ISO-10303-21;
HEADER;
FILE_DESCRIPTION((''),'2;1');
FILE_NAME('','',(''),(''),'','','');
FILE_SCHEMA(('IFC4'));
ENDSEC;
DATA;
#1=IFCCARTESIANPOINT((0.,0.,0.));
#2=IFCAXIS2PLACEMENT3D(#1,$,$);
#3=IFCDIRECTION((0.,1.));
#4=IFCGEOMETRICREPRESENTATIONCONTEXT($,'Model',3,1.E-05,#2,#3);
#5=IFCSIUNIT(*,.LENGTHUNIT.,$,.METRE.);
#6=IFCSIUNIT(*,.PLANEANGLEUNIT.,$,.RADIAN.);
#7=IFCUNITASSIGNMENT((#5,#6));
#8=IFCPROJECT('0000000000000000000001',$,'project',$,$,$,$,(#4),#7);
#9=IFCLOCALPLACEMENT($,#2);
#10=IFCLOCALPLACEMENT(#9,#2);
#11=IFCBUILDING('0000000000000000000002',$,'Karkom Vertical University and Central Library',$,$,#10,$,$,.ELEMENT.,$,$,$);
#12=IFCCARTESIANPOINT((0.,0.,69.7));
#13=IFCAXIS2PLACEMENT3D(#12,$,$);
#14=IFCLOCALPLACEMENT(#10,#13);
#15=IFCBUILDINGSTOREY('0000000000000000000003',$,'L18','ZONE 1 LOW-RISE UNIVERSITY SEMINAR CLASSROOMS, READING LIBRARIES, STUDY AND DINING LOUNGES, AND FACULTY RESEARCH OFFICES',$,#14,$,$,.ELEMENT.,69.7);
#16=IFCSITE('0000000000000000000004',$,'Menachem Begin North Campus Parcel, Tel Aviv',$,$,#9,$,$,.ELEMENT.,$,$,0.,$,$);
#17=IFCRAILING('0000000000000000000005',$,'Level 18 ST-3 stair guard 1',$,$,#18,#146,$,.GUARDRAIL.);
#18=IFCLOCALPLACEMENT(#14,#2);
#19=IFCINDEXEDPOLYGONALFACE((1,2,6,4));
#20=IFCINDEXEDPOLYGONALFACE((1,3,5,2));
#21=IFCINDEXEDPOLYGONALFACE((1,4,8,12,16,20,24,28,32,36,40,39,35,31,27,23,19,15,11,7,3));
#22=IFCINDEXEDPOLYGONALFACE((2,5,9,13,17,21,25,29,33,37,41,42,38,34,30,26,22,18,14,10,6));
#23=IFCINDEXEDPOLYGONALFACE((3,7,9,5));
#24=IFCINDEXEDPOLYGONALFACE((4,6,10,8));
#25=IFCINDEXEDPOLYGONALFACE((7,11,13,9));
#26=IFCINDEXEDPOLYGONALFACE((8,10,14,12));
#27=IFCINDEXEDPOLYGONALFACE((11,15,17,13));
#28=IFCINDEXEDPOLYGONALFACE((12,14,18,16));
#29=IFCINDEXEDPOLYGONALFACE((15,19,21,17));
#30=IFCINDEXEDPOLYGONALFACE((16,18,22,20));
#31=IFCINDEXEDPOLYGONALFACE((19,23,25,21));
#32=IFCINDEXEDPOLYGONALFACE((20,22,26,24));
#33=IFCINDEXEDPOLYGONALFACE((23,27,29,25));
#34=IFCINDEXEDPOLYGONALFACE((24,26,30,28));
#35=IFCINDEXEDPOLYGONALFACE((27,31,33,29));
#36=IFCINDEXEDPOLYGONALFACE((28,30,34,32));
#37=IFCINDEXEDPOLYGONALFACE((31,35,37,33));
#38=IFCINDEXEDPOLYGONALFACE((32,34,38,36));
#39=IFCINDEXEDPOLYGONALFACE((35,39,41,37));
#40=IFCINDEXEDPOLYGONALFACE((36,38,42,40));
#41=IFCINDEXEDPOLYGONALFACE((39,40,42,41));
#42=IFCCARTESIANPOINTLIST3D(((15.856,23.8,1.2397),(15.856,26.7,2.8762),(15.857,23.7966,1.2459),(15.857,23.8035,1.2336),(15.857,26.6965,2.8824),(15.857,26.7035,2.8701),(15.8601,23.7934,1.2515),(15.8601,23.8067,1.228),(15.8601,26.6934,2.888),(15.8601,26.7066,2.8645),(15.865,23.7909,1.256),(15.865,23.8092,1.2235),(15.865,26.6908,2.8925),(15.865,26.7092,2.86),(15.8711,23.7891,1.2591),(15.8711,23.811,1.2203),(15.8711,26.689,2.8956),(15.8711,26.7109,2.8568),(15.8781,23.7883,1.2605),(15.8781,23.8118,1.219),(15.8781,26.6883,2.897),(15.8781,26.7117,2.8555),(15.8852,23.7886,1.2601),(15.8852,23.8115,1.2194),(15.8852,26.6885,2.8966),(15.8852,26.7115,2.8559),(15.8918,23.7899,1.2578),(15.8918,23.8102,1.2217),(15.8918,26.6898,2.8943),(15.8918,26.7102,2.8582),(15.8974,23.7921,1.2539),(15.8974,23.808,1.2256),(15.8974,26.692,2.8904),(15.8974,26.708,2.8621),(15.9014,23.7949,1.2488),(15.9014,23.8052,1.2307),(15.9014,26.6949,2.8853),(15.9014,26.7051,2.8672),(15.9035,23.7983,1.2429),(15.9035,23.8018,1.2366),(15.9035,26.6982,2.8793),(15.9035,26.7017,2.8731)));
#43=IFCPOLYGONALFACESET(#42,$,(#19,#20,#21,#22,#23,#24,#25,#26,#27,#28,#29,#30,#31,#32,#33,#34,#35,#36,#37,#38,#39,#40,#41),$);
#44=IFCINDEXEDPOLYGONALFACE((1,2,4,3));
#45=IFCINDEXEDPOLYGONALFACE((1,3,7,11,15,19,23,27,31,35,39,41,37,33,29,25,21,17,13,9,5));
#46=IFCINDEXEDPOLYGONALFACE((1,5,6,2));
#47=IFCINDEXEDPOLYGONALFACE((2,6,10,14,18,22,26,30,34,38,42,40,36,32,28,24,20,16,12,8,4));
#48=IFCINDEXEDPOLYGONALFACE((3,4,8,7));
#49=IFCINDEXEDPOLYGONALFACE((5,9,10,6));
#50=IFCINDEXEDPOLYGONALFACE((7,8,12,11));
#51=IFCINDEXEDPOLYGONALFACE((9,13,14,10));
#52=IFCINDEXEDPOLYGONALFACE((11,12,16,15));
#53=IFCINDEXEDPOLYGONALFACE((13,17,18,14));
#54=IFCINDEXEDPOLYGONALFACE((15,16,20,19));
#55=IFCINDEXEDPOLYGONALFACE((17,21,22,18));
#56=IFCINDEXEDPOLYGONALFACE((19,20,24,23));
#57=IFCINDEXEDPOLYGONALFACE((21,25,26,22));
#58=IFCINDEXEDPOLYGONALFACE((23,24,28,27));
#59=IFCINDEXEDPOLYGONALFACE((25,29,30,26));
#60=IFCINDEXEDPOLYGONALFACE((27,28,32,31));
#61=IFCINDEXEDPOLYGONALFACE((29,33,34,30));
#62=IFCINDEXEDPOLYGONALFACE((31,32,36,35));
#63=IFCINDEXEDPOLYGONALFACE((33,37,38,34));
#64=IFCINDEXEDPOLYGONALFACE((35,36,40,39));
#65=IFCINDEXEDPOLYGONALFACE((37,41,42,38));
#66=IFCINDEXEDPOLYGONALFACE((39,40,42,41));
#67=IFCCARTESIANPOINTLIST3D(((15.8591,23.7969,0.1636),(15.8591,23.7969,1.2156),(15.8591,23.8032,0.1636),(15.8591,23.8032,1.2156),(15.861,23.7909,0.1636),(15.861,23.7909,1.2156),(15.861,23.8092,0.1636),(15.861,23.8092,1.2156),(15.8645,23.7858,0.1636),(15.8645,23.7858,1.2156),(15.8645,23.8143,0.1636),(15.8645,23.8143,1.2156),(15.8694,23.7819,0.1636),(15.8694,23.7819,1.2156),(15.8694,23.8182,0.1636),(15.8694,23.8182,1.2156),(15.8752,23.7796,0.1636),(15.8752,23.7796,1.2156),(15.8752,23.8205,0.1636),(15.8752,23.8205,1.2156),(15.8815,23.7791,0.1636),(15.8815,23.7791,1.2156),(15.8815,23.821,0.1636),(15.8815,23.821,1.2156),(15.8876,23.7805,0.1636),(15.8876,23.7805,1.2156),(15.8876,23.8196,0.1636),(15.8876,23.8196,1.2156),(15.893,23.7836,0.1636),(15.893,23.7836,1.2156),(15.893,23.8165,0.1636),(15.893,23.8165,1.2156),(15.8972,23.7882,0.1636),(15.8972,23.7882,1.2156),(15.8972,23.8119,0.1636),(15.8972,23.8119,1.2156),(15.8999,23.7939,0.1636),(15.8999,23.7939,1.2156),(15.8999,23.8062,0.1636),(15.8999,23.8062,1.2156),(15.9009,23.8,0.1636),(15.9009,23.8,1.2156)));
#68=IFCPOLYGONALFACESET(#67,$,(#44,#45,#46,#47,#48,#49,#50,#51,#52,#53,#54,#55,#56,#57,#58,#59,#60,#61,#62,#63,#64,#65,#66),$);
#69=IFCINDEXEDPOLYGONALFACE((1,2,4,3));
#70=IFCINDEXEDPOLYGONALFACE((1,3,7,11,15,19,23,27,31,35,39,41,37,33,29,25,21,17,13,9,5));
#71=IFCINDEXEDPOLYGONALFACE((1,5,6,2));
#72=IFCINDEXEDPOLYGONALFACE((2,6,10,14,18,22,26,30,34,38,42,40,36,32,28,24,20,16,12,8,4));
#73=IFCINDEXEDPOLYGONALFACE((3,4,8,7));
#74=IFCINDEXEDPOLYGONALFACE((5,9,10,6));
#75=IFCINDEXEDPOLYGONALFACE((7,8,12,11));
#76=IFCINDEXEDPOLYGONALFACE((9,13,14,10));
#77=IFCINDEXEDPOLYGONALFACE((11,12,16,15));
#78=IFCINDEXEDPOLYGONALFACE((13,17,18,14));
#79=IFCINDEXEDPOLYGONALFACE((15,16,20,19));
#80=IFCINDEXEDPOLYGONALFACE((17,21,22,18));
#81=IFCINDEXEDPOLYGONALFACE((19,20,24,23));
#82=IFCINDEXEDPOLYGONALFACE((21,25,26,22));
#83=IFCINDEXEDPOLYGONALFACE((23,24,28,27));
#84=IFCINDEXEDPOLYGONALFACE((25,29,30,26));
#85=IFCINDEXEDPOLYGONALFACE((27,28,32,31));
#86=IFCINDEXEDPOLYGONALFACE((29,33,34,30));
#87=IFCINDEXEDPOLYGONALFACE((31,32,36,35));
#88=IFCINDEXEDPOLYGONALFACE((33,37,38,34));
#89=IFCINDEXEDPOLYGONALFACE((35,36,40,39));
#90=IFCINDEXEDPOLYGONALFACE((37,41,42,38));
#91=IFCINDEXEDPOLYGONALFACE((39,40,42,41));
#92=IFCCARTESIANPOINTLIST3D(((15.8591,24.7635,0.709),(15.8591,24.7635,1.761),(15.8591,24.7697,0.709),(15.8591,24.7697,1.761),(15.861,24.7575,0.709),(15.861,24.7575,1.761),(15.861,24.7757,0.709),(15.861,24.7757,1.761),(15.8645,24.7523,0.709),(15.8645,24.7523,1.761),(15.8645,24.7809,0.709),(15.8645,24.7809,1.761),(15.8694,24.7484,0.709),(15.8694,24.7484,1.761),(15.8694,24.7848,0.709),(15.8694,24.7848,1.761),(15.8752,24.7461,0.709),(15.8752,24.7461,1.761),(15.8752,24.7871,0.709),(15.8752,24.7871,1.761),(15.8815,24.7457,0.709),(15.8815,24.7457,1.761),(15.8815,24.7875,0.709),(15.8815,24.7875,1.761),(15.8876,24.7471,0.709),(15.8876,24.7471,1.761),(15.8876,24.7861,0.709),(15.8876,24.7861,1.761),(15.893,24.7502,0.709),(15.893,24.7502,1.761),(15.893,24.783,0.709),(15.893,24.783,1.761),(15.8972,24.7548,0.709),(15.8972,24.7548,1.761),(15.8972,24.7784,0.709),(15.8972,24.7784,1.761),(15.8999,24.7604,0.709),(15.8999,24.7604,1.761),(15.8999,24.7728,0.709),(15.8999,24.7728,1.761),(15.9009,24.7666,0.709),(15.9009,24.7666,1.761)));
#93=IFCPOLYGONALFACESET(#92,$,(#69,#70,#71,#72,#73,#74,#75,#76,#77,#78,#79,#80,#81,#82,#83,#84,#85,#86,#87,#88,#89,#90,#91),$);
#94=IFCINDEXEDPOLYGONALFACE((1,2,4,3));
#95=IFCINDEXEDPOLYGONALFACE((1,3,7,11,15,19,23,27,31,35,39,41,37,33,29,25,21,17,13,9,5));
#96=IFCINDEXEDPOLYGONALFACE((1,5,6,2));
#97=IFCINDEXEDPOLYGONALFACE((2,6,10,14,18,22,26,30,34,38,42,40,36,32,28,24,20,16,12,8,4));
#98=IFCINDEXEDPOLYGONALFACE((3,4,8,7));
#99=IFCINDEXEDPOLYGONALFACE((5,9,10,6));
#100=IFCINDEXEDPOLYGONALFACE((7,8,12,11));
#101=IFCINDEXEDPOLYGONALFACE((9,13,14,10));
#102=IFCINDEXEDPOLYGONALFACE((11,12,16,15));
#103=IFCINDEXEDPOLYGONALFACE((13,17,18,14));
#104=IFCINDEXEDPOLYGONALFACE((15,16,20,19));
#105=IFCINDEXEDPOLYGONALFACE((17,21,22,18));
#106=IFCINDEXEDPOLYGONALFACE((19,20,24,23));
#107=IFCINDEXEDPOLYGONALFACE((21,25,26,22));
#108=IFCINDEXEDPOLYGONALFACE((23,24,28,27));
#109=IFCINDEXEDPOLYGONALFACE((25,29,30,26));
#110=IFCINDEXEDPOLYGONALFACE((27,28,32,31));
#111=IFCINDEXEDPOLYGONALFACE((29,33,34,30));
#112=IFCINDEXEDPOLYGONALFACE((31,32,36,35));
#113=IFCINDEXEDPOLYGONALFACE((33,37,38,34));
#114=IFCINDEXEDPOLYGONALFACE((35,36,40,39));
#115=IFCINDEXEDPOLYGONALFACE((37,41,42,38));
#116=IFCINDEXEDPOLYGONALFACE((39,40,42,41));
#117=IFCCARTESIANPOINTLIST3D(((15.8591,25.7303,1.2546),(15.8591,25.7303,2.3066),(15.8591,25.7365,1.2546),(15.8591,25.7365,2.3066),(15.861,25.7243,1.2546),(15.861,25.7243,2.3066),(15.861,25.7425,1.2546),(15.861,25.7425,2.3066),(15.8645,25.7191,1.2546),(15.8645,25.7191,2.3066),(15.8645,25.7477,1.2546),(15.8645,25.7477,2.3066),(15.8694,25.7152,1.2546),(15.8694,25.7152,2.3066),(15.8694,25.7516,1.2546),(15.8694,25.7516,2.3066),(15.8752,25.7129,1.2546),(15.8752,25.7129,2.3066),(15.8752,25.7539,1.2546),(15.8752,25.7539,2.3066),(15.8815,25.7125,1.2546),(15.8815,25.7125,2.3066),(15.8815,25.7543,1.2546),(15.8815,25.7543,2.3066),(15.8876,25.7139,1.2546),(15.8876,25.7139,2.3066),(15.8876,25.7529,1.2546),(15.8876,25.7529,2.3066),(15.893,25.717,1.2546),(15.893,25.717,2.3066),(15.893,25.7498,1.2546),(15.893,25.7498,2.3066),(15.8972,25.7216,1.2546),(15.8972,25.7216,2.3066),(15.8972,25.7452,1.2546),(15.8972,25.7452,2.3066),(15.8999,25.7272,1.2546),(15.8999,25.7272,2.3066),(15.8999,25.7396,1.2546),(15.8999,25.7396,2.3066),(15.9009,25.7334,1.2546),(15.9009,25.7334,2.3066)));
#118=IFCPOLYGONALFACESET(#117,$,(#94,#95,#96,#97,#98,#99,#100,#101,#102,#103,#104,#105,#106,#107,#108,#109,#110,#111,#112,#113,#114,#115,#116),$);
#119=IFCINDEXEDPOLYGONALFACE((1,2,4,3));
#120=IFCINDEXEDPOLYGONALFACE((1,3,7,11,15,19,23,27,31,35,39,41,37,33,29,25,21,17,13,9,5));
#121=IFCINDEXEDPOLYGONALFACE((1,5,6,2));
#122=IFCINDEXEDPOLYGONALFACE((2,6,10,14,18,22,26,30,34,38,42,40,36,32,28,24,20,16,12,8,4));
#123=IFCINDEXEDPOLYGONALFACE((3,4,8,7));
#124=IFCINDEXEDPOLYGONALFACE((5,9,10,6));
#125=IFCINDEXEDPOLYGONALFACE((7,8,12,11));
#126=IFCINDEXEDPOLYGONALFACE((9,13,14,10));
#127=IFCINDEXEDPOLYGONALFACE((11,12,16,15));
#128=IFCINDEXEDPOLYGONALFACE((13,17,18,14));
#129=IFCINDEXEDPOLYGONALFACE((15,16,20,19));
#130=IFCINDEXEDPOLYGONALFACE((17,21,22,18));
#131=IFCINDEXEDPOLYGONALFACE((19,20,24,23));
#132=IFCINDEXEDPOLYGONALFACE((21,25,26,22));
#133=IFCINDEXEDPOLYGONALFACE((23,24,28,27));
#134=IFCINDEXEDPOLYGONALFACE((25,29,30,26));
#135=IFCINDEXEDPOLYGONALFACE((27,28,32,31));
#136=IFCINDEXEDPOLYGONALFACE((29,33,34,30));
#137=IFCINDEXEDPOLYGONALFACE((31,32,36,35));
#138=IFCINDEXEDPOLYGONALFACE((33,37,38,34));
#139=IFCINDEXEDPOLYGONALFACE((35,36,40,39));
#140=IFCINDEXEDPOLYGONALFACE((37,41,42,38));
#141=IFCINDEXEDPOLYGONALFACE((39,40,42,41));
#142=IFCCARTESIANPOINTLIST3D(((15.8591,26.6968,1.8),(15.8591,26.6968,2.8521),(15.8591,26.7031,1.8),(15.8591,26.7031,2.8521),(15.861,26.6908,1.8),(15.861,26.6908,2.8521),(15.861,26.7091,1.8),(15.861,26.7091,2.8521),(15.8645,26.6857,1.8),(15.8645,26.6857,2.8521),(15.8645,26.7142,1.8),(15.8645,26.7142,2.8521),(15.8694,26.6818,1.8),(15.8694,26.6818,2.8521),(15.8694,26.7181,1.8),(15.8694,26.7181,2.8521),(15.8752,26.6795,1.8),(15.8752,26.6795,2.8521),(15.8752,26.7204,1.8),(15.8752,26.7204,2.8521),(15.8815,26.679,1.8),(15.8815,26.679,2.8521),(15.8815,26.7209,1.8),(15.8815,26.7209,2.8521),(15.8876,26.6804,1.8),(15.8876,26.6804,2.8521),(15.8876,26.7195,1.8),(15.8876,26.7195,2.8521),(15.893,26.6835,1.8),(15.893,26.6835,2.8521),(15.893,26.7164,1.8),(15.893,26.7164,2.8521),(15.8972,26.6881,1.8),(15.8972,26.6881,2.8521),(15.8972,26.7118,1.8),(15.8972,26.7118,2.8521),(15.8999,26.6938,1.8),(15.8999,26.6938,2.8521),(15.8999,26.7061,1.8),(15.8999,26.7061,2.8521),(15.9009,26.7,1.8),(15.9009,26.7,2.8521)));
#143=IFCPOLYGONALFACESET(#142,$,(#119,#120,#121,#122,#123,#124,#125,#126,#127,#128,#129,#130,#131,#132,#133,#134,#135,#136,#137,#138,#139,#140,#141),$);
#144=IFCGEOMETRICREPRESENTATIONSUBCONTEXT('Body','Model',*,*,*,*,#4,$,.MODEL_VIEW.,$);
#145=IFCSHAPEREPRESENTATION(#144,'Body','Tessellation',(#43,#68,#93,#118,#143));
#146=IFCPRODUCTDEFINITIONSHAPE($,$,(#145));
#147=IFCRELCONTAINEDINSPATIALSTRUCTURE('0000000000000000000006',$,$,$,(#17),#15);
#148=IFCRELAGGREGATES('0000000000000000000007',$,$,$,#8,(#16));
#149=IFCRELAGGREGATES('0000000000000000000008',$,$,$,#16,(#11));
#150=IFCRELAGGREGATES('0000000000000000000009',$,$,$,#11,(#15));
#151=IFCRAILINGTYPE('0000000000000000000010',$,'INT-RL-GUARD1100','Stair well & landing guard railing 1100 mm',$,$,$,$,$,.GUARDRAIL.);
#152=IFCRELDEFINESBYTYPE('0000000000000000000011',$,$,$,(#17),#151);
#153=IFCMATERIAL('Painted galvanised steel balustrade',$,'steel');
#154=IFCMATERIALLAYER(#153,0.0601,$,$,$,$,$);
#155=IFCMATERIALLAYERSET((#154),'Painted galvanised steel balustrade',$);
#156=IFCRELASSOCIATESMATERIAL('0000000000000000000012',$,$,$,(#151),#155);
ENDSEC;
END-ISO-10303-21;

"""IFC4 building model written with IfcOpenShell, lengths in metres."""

from ifc_helpers import new_model, si_unit, direction, frame, origin, origin_2d, place, context, subcontext, project, spatial, circle, extrude, material, layer, layer_set, type_object, element, save


model = new_model("IFC4")

# Units and contexts
model_context = context("Model", 3, precision=1e-05, world=origin(), true_north=direction((0.0, 1.0)))
body_context = subcontext(model_context, "Body", "Model", "MODEL_VIEW")
ifc_project = project(units=[si_unit("LENGTHUNIT", "METRE"), si_unit("PLANEANGLEUNIT", "RADIAN")], contexts=[model_context])

# Site, building, storey
site_placement = place(None, origin())
site = spatial("IfcSite", under=ifc_project, at=site_placement, Name="Menachem Begin North Campus Parcel, Tel Aviv", CompositionType="ELEMENT", RefElevation=0.0)
building_placement = place(site_placement, origin())
building = spatial("IfcBuilding", under=site, at=building_placement, Name="Karkom Vertical University and Central Library", CompositionType="ELEMENT")
storey_placement = place(building_placement, frame((0.0, 0.0, 69.7)))
storey = spatial("IfcBuildingStorey", under=building, at=storey_placement, Name="L18", Description="ZONE 1 LOW-RISE UNIVERSITY SEMINAR CLASSROOMS, READING LIBRARIES, STUDY AND DINING LOUNGES, AND FACULTY RESEARCH OFFICES", CompositionType="ELEMENT", Elevation=69.7)

# Railing
ifc_material_1 = material(Name="Painted galvanised steel balustrade", Category="steel")
ifc_layer_1 = layer(ifc_material_1, 0.0601)
ifc_layer_set_1 = layer_set([ifc_layer_1], Name="Painted galvanised steel balustrade")
railing_type_1 = type_object("IfcRailingType", Name="INT-RL-GUARD1100", Description="Stair well & landing guard railing 1100 mm", PredefinedType="GUARDRAIL", material=ifc_layer_set_1)
railing_1_placement = place(storey_placement, frame((15.8799, 23.8, 0.1636)))
element("IfcRailing", 1, at=railing_1_placement, inside=storey, type_object=railing_type_1, Name="Level 18 ST-3 stair guard 1", PredefinedType="GUARDRAIL", context=body_context, shape_type="SweptSolid", body=[
    extrude(circle(Radius=0.0239, at=origin_2d()), frame((0.0, 0.0, 1.0762), z_axis=(0.0, 0.870897, 0.491465), x_axis=(-1.0, 0.0, 0.0)), (0.0, 0.0, 1.0), 3.3298),
    extrude(circle(Radius=0.021, at=origin_2d()), origin(), (0.0, 0.0, 1.0), 1.052),
    extrude(circle(Radius=0.021, at=origin_2d()), frame((0.0, 0.9666, 0.5454)), (0.0, 0.0, 1.0), 1.052),
    extrude(circle(Radius=0.021, at=origin_2d()), frame((0.0, 1.9333, 1.0911)), (0.0, 0.0, 1.0), 1.052),
    extrude(circle(Radius=0.021, at=origin_2d()), frame((0.0, 2.8999, 1.6365)), (0.0, 0.0, 1.0), 1.052),
])

save(model, "model.ifc")
